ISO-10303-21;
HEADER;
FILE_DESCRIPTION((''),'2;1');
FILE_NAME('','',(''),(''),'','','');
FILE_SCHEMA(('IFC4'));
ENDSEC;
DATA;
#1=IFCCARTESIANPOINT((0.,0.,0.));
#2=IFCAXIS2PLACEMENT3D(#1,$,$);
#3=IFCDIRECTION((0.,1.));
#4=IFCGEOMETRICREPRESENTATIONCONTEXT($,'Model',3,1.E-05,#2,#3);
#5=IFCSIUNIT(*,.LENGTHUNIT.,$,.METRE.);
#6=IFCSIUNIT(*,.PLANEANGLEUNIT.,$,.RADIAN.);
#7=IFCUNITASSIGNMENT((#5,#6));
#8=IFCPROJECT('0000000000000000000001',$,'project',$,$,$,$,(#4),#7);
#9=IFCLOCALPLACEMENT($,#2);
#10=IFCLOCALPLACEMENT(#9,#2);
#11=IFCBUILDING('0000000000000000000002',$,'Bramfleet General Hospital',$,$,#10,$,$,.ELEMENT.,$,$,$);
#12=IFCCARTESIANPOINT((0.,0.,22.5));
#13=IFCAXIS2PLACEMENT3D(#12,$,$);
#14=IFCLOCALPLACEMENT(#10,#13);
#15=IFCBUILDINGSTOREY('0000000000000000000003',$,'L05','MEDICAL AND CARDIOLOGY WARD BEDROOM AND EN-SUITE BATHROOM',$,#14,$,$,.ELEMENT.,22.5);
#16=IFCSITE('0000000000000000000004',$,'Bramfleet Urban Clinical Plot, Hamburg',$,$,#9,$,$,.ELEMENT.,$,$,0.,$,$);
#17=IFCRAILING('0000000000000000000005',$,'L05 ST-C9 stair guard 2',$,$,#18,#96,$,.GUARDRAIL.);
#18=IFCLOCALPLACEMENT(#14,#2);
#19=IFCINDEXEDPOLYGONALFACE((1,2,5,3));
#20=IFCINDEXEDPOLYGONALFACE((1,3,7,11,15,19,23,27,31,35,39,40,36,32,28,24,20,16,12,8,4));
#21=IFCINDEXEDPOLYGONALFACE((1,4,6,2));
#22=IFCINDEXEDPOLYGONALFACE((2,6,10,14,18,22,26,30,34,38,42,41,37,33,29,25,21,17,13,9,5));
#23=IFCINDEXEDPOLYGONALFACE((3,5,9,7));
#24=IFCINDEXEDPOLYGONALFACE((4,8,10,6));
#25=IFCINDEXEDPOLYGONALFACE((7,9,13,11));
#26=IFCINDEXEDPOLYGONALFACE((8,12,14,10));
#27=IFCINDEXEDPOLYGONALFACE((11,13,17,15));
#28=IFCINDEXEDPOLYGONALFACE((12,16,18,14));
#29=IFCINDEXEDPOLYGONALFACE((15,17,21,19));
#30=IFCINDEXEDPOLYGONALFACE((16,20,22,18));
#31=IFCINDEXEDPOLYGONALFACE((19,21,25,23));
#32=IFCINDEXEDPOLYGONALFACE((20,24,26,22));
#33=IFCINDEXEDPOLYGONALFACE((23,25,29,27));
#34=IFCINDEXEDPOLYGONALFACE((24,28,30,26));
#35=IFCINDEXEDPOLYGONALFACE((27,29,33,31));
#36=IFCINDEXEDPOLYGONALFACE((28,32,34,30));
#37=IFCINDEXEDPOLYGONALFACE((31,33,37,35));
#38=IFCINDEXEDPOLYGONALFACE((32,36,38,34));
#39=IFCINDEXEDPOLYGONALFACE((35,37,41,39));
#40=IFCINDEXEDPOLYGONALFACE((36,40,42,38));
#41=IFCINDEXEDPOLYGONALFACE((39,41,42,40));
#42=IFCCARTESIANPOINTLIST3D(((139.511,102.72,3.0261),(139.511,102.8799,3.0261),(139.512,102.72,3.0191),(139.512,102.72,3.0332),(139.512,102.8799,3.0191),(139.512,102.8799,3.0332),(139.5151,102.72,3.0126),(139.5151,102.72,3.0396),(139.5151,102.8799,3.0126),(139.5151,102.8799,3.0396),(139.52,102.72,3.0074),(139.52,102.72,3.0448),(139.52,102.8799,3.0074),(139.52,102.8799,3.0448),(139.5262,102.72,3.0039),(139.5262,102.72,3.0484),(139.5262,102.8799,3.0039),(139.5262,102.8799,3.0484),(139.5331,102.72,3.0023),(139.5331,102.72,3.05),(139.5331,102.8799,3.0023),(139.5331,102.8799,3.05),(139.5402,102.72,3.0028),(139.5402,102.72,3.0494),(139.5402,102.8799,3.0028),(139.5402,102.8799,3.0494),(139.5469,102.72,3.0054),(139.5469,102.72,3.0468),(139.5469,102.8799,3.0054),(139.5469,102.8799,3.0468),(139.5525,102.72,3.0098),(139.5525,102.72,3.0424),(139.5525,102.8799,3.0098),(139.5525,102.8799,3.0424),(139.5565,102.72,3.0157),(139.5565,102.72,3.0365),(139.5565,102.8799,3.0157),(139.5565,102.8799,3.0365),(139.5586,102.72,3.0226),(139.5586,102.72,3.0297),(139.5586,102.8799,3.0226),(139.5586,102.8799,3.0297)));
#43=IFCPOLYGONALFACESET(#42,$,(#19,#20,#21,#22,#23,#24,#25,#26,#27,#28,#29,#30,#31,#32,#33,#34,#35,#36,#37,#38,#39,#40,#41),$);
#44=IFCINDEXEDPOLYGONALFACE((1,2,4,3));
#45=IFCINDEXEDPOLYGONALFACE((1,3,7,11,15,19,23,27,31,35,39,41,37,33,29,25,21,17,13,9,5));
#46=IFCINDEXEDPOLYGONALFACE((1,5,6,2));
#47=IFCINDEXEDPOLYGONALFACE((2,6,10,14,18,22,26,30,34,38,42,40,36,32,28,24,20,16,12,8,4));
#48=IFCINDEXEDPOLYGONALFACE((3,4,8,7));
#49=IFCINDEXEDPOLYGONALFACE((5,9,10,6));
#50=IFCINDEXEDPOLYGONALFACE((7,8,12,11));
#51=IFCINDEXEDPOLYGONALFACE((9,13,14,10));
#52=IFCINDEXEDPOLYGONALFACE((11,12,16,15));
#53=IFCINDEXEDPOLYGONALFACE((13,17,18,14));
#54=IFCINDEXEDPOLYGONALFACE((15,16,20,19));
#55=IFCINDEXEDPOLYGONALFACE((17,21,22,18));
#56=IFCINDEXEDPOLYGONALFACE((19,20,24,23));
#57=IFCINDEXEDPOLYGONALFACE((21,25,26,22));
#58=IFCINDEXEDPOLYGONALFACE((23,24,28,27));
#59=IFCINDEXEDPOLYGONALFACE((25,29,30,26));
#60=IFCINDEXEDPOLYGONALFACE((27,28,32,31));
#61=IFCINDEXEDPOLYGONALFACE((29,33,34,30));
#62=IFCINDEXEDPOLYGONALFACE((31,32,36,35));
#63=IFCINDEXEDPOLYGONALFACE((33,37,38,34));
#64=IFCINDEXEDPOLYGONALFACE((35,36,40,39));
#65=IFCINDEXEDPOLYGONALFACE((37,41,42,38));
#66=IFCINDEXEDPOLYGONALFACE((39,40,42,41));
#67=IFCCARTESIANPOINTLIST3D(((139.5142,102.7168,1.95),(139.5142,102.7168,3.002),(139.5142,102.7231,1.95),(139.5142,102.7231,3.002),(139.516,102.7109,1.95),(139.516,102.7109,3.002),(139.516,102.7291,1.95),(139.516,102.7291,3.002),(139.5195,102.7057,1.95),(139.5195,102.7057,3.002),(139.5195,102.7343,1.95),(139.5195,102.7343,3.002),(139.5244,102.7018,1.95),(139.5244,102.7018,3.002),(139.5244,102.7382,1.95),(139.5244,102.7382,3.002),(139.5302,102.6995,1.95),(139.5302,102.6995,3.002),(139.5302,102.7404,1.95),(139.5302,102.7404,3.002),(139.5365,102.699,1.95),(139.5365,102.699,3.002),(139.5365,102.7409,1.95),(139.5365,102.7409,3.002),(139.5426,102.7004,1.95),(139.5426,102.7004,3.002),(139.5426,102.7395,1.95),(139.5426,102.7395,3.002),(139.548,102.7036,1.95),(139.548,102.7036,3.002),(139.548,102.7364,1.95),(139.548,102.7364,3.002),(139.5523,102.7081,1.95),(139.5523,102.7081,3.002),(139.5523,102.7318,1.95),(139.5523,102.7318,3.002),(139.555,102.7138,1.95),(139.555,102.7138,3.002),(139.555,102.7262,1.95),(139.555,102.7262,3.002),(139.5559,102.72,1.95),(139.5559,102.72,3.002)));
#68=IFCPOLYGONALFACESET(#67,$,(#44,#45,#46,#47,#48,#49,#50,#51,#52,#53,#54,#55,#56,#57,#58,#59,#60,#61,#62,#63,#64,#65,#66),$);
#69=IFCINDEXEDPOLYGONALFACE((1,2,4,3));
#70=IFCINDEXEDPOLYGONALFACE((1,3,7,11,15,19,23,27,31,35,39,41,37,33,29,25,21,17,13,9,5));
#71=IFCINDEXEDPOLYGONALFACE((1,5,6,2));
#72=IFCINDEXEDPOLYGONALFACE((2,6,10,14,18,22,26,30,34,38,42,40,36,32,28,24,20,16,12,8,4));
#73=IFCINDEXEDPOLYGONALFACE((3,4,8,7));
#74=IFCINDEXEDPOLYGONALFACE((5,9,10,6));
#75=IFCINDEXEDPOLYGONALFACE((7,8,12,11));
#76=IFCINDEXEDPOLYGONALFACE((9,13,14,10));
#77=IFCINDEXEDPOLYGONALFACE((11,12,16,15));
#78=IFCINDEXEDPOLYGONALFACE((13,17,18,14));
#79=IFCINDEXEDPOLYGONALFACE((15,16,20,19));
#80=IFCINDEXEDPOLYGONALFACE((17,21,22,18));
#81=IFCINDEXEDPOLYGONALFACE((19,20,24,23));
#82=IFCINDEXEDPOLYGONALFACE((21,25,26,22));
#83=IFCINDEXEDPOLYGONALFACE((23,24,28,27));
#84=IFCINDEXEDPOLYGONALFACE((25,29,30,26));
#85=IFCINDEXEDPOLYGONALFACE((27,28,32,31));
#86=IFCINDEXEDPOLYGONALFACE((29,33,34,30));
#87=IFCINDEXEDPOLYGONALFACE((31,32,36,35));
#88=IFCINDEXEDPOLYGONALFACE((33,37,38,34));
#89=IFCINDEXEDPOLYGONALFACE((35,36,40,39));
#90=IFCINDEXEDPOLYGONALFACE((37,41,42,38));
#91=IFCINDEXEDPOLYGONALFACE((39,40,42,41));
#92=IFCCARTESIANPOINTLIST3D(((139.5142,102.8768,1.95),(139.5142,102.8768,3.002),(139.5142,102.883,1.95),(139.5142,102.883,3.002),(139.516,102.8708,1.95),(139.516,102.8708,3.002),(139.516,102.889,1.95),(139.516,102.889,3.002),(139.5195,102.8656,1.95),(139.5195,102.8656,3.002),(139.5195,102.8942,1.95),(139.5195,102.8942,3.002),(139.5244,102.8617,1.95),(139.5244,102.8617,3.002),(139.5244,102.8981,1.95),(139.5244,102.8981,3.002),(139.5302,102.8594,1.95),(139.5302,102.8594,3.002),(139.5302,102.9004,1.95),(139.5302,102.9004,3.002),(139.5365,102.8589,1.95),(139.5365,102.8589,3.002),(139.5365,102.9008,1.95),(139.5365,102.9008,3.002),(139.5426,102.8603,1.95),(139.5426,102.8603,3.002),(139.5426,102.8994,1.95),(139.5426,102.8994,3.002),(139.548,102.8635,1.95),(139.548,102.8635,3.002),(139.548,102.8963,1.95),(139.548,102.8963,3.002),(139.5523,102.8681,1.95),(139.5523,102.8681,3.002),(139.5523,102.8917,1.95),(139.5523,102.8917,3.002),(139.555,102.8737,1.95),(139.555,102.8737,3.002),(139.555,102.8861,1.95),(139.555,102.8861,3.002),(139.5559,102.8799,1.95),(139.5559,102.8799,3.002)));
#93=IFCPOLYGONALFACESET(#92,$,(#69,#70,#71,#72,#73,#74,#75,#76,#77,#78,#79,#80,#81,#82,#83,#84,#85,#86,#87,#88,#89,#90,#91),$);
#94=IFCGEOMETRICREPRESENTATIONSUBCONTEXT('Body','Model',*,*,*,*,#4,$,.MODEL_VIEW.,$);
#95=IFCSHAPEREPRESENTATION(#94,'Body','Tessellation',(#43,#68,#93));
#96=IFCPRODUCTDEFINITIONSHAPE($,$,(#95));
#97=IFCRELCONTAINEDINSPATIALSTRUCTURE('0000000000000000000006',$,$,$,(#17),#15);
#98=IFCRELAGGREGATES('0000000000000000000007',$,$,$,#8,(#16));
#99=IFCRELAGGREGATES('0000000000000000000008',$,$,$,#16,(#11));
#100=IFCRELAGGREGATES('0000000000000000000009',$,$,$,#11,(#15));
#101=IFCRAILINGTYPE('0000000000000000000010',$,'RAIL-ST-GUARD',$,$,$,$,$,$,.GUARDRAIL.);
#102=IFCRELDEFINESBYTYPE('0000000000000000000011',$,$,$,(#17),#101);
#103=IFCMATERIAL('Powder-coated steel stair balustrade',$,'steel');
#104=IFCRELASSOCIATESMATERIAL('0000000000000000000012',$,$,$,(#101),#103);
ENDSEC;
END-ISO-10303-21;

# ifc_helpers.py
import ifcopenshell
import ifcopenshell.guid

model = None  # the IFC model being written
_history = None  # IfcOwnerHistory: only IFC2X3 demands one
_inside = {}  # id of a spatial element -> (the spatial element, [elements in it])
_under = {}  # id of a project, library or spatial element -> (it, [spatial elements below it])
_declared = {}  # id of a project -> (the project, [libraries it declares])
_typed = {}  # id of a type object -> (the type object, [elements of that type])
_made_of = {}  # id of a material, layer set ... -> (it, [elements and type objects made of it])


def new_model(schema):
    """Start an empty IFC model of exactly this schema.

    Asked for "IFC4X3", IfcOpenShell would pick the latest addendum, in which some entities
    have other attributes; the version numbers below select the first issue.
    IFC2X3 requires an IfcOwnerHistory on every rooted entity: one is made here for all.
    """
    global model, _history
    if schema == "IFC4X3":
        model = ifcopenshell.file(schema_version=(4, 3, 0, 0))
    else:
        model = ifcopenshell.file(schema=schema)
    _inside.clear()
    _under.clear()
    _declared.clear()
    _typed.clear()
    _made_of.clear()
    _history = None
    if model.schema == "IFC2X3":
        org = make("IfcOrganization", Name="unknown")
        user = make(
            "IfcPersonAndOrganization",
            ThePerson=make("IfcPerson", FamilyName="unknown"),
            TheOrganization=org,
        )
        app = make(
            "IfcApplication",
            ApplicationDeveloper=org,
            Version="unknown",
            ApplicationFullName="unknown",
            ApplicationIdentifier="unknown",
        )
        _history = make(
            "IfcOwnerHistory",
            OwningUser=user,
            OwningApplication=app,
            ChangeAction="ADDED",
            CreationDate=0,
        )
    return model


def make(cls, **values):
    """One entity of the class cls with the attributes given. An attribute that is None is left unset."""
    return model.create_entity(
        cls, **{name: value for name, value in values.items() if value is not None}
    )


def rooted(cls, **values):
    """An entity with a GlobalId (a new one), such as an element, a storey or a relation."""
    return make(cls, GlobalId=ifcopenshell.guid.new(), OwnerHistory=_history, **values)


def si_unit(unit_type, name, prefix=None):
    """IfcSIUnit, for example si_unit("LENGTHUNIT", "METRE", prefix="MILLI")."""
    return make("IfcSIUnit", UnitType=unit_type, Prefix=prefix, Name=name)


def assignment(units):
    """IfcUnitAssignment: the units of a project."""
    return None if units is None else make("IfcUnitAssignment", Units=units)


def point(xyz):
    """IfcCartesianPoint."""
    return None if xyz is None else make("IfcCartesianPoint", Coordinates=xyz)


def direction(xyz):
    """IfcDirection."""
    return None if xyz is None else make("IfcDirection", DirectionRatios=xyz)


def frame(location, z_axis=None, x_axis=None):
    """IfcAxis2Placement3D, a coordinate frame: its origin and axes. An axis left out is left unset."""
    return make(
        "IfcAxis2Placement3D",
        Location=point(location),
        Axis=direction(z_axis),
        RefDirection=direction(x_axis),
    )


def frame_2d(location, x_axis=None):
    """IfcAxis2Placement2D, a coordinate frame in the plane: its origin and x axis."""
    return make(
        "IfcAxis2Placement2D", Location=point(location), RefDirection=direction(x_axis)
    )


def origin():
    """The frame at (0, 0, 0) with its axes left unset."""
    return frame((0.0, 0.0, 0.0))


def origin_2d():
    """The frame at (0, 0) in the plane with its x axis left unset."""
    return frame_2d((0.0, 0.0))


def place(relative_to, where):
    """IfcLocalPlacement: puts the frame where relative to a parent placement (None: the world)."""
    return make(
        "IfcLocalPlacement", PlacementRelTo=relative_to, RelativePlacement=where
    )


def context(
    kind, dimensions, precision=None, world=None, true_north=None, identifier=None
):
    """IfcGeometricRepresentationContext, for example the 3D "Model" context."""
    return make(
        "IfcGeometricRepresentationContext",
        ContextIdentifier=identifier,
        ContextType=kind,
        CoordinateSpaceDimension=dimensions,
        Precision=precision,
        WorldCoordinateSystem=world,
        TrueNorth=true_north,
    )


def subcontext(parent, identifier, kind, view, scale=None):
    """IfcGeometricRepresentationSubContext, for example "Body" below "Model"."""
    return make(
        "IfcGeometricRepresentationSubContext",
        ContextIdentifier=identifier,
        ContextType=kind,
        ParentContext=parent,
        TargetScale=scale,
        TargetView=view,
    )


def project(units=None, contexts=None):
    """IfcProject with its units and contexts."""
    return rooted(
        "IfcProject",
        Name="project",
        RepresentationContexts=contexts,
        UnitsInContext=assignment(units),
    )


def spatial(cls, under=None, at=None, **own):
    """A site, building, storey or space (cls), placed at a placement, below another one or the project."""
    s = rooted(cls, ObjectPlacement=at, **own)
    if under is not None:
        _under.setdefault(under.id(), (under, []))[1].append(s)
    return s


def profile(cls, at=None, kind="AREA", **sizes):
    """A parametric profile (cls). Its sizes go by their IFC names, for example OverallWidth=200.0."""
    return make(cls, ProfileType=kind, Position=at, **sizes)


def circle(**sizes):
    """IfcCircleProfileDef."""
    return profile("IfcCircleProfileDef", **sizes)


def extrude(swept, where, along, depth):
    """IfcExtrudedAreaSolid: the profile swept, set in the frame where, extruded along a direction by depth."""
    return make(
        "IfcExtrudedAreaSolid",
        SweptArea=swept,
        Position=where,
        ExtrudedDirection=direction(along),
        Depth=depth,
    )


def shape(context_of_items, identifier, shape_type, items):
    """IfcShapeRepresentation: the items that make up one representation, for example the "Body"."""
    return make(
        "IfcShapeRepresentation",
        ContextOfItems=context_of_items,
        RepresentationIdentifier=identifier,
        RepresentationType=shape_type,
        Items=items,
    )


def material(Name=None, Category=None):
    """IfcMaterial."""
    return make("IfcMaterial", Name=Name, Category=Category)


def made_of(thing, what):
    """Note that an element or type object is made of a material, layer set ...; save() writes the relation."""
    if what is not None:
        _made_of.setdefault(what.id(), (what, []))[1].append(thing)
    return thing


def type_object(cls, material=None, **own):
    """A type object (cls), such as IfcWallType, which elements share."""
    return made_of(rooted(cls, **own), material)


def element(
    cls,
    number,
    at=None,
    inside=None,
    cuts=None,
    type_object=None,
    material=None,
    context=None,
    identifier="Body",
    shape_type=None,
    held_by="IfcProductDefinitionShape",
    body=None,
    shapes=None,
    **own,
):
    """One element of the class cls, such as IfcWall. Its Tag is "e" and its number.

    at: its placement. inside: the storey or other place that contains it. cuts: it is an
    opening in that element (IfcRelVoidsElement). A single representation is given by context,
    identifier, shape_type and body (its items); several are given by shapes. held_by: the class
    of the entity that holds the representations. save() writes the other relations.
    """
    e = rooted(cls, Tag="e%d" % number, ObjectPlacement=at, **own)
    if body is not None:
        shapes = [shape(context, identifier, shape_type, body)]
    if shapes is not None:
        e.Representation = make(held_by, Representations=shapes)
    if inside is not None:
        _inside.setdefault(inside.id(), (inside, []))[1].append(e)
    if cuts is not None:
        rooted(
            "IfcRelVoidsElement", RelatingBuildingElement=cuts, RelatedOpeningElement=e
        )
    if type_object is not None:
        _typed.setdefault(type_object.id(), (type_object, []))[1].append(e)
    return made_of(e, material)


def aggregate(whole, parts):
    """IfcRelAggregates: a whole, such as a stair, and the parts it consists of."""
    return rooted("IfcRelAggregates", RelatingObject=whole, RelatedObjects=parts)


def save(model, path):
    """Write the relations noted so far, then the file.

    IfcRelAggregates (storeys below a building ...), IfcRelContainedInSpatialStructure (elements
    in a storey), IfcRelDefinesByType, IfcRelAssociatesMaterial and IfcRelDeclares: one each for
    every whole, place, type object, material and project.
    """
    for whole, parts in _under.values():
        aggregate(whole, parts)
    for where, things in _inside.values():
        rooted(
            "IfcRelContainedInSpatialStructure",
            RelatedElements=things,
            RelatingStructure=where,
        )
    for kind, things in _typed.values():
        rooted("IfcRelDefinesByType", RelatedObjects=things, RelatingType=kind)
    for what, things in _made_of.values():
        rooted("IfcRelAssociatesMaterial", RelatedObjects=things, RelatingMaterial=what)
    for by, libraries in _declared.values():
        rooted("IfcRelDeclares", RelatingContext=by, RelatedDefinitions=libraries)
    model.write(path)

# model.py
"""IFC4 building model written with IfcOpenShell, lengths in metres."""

from ifc_helpers import new_model, si_unit, direction, frame, origin, origin_2d, place, context, subcontext, project, spatial, circle, extrude, material, type_object, element, save


model = new_model("IFC4")

# Units and contexts
model_context = context("Model", 3, precision=1e-05, world=origin(), true_north=direction((0.0, 1.0)))
body_context = subcontext(model_context, "Body", "Model", "MODEL_VIEW")
ifc_project = project(units=[si_unit("LENGTHUNIT", "METRE"), si_unit("PLANEANGLEUNIT", "RADIAN")], contexts=[model_context])

# Site, building, storey
site_placement = place(None, origin())
site = spatial("IfcSite", under=ifc_project, at=site_placement, Name="Bramfleet Urban Clinical Plot, Hamburg", CompositionType="ELEMENT", RefElevation=0.0)
building_placement = place(site_placement, origin())
building = spatial("IfcBuilding", under=site, at=building_placement, Name="Bramfleet General Hospital", CompositionType="ELEMENT")
storey_placement = place(building_placement, frame((0.0, 0.0, 22.5)))
storey = spatial("IfcBuildingStorey", under=building, at=storey_placement, Name="L05", Description="MEDICAL AND CARDIOLOGY WARD BEDROOM AND EN-SUITE BATHROOM", CompositionType="ELEMENT", Elevation=22.5)

# Railing
ifc_material_1 = material(Name="Powder-coated steel stair balustrade", Category="steel")
railing_type_1 = type_object("IfcRailingType", Name="RAIL-ST-GUARD", PredefinedType="GUARDRAIL", material=ifc_material_1)
railing_1_placement = place(storey_placement, frame((139.5349, 102.72, 1.95)))
element("IfcRailing", 1, at=railing_1_placement, inside=storey, type_object=railing_type_1, Name="L05 ST-C9 stair guard 2", PredefinedType="GUARDRAIL", context=body_context, shape_type="SweptSolid", body=[
    extrude(circle(Radius=0.0239, at=origin_2d()), frame((0.0, 0.0, 1.0762), z_axis=(0.0, 1.0, 0.0), x_axis=(-1.0, 0.0, 0.0)), (0.0, 0.0, 1.0), 0.1599),
    extrude(circle(Radius=0.021, at=origin_2d()), origin(), (0.0, 0.0, 1.0), 1.052),
    extrude(circle(Radius=0.021, at=origin_2d()), frame((0.0, 0.1599, 0.0)), (0.0, 0.0, 1.0), 1.052),
])

save(model, "model.ifc")
